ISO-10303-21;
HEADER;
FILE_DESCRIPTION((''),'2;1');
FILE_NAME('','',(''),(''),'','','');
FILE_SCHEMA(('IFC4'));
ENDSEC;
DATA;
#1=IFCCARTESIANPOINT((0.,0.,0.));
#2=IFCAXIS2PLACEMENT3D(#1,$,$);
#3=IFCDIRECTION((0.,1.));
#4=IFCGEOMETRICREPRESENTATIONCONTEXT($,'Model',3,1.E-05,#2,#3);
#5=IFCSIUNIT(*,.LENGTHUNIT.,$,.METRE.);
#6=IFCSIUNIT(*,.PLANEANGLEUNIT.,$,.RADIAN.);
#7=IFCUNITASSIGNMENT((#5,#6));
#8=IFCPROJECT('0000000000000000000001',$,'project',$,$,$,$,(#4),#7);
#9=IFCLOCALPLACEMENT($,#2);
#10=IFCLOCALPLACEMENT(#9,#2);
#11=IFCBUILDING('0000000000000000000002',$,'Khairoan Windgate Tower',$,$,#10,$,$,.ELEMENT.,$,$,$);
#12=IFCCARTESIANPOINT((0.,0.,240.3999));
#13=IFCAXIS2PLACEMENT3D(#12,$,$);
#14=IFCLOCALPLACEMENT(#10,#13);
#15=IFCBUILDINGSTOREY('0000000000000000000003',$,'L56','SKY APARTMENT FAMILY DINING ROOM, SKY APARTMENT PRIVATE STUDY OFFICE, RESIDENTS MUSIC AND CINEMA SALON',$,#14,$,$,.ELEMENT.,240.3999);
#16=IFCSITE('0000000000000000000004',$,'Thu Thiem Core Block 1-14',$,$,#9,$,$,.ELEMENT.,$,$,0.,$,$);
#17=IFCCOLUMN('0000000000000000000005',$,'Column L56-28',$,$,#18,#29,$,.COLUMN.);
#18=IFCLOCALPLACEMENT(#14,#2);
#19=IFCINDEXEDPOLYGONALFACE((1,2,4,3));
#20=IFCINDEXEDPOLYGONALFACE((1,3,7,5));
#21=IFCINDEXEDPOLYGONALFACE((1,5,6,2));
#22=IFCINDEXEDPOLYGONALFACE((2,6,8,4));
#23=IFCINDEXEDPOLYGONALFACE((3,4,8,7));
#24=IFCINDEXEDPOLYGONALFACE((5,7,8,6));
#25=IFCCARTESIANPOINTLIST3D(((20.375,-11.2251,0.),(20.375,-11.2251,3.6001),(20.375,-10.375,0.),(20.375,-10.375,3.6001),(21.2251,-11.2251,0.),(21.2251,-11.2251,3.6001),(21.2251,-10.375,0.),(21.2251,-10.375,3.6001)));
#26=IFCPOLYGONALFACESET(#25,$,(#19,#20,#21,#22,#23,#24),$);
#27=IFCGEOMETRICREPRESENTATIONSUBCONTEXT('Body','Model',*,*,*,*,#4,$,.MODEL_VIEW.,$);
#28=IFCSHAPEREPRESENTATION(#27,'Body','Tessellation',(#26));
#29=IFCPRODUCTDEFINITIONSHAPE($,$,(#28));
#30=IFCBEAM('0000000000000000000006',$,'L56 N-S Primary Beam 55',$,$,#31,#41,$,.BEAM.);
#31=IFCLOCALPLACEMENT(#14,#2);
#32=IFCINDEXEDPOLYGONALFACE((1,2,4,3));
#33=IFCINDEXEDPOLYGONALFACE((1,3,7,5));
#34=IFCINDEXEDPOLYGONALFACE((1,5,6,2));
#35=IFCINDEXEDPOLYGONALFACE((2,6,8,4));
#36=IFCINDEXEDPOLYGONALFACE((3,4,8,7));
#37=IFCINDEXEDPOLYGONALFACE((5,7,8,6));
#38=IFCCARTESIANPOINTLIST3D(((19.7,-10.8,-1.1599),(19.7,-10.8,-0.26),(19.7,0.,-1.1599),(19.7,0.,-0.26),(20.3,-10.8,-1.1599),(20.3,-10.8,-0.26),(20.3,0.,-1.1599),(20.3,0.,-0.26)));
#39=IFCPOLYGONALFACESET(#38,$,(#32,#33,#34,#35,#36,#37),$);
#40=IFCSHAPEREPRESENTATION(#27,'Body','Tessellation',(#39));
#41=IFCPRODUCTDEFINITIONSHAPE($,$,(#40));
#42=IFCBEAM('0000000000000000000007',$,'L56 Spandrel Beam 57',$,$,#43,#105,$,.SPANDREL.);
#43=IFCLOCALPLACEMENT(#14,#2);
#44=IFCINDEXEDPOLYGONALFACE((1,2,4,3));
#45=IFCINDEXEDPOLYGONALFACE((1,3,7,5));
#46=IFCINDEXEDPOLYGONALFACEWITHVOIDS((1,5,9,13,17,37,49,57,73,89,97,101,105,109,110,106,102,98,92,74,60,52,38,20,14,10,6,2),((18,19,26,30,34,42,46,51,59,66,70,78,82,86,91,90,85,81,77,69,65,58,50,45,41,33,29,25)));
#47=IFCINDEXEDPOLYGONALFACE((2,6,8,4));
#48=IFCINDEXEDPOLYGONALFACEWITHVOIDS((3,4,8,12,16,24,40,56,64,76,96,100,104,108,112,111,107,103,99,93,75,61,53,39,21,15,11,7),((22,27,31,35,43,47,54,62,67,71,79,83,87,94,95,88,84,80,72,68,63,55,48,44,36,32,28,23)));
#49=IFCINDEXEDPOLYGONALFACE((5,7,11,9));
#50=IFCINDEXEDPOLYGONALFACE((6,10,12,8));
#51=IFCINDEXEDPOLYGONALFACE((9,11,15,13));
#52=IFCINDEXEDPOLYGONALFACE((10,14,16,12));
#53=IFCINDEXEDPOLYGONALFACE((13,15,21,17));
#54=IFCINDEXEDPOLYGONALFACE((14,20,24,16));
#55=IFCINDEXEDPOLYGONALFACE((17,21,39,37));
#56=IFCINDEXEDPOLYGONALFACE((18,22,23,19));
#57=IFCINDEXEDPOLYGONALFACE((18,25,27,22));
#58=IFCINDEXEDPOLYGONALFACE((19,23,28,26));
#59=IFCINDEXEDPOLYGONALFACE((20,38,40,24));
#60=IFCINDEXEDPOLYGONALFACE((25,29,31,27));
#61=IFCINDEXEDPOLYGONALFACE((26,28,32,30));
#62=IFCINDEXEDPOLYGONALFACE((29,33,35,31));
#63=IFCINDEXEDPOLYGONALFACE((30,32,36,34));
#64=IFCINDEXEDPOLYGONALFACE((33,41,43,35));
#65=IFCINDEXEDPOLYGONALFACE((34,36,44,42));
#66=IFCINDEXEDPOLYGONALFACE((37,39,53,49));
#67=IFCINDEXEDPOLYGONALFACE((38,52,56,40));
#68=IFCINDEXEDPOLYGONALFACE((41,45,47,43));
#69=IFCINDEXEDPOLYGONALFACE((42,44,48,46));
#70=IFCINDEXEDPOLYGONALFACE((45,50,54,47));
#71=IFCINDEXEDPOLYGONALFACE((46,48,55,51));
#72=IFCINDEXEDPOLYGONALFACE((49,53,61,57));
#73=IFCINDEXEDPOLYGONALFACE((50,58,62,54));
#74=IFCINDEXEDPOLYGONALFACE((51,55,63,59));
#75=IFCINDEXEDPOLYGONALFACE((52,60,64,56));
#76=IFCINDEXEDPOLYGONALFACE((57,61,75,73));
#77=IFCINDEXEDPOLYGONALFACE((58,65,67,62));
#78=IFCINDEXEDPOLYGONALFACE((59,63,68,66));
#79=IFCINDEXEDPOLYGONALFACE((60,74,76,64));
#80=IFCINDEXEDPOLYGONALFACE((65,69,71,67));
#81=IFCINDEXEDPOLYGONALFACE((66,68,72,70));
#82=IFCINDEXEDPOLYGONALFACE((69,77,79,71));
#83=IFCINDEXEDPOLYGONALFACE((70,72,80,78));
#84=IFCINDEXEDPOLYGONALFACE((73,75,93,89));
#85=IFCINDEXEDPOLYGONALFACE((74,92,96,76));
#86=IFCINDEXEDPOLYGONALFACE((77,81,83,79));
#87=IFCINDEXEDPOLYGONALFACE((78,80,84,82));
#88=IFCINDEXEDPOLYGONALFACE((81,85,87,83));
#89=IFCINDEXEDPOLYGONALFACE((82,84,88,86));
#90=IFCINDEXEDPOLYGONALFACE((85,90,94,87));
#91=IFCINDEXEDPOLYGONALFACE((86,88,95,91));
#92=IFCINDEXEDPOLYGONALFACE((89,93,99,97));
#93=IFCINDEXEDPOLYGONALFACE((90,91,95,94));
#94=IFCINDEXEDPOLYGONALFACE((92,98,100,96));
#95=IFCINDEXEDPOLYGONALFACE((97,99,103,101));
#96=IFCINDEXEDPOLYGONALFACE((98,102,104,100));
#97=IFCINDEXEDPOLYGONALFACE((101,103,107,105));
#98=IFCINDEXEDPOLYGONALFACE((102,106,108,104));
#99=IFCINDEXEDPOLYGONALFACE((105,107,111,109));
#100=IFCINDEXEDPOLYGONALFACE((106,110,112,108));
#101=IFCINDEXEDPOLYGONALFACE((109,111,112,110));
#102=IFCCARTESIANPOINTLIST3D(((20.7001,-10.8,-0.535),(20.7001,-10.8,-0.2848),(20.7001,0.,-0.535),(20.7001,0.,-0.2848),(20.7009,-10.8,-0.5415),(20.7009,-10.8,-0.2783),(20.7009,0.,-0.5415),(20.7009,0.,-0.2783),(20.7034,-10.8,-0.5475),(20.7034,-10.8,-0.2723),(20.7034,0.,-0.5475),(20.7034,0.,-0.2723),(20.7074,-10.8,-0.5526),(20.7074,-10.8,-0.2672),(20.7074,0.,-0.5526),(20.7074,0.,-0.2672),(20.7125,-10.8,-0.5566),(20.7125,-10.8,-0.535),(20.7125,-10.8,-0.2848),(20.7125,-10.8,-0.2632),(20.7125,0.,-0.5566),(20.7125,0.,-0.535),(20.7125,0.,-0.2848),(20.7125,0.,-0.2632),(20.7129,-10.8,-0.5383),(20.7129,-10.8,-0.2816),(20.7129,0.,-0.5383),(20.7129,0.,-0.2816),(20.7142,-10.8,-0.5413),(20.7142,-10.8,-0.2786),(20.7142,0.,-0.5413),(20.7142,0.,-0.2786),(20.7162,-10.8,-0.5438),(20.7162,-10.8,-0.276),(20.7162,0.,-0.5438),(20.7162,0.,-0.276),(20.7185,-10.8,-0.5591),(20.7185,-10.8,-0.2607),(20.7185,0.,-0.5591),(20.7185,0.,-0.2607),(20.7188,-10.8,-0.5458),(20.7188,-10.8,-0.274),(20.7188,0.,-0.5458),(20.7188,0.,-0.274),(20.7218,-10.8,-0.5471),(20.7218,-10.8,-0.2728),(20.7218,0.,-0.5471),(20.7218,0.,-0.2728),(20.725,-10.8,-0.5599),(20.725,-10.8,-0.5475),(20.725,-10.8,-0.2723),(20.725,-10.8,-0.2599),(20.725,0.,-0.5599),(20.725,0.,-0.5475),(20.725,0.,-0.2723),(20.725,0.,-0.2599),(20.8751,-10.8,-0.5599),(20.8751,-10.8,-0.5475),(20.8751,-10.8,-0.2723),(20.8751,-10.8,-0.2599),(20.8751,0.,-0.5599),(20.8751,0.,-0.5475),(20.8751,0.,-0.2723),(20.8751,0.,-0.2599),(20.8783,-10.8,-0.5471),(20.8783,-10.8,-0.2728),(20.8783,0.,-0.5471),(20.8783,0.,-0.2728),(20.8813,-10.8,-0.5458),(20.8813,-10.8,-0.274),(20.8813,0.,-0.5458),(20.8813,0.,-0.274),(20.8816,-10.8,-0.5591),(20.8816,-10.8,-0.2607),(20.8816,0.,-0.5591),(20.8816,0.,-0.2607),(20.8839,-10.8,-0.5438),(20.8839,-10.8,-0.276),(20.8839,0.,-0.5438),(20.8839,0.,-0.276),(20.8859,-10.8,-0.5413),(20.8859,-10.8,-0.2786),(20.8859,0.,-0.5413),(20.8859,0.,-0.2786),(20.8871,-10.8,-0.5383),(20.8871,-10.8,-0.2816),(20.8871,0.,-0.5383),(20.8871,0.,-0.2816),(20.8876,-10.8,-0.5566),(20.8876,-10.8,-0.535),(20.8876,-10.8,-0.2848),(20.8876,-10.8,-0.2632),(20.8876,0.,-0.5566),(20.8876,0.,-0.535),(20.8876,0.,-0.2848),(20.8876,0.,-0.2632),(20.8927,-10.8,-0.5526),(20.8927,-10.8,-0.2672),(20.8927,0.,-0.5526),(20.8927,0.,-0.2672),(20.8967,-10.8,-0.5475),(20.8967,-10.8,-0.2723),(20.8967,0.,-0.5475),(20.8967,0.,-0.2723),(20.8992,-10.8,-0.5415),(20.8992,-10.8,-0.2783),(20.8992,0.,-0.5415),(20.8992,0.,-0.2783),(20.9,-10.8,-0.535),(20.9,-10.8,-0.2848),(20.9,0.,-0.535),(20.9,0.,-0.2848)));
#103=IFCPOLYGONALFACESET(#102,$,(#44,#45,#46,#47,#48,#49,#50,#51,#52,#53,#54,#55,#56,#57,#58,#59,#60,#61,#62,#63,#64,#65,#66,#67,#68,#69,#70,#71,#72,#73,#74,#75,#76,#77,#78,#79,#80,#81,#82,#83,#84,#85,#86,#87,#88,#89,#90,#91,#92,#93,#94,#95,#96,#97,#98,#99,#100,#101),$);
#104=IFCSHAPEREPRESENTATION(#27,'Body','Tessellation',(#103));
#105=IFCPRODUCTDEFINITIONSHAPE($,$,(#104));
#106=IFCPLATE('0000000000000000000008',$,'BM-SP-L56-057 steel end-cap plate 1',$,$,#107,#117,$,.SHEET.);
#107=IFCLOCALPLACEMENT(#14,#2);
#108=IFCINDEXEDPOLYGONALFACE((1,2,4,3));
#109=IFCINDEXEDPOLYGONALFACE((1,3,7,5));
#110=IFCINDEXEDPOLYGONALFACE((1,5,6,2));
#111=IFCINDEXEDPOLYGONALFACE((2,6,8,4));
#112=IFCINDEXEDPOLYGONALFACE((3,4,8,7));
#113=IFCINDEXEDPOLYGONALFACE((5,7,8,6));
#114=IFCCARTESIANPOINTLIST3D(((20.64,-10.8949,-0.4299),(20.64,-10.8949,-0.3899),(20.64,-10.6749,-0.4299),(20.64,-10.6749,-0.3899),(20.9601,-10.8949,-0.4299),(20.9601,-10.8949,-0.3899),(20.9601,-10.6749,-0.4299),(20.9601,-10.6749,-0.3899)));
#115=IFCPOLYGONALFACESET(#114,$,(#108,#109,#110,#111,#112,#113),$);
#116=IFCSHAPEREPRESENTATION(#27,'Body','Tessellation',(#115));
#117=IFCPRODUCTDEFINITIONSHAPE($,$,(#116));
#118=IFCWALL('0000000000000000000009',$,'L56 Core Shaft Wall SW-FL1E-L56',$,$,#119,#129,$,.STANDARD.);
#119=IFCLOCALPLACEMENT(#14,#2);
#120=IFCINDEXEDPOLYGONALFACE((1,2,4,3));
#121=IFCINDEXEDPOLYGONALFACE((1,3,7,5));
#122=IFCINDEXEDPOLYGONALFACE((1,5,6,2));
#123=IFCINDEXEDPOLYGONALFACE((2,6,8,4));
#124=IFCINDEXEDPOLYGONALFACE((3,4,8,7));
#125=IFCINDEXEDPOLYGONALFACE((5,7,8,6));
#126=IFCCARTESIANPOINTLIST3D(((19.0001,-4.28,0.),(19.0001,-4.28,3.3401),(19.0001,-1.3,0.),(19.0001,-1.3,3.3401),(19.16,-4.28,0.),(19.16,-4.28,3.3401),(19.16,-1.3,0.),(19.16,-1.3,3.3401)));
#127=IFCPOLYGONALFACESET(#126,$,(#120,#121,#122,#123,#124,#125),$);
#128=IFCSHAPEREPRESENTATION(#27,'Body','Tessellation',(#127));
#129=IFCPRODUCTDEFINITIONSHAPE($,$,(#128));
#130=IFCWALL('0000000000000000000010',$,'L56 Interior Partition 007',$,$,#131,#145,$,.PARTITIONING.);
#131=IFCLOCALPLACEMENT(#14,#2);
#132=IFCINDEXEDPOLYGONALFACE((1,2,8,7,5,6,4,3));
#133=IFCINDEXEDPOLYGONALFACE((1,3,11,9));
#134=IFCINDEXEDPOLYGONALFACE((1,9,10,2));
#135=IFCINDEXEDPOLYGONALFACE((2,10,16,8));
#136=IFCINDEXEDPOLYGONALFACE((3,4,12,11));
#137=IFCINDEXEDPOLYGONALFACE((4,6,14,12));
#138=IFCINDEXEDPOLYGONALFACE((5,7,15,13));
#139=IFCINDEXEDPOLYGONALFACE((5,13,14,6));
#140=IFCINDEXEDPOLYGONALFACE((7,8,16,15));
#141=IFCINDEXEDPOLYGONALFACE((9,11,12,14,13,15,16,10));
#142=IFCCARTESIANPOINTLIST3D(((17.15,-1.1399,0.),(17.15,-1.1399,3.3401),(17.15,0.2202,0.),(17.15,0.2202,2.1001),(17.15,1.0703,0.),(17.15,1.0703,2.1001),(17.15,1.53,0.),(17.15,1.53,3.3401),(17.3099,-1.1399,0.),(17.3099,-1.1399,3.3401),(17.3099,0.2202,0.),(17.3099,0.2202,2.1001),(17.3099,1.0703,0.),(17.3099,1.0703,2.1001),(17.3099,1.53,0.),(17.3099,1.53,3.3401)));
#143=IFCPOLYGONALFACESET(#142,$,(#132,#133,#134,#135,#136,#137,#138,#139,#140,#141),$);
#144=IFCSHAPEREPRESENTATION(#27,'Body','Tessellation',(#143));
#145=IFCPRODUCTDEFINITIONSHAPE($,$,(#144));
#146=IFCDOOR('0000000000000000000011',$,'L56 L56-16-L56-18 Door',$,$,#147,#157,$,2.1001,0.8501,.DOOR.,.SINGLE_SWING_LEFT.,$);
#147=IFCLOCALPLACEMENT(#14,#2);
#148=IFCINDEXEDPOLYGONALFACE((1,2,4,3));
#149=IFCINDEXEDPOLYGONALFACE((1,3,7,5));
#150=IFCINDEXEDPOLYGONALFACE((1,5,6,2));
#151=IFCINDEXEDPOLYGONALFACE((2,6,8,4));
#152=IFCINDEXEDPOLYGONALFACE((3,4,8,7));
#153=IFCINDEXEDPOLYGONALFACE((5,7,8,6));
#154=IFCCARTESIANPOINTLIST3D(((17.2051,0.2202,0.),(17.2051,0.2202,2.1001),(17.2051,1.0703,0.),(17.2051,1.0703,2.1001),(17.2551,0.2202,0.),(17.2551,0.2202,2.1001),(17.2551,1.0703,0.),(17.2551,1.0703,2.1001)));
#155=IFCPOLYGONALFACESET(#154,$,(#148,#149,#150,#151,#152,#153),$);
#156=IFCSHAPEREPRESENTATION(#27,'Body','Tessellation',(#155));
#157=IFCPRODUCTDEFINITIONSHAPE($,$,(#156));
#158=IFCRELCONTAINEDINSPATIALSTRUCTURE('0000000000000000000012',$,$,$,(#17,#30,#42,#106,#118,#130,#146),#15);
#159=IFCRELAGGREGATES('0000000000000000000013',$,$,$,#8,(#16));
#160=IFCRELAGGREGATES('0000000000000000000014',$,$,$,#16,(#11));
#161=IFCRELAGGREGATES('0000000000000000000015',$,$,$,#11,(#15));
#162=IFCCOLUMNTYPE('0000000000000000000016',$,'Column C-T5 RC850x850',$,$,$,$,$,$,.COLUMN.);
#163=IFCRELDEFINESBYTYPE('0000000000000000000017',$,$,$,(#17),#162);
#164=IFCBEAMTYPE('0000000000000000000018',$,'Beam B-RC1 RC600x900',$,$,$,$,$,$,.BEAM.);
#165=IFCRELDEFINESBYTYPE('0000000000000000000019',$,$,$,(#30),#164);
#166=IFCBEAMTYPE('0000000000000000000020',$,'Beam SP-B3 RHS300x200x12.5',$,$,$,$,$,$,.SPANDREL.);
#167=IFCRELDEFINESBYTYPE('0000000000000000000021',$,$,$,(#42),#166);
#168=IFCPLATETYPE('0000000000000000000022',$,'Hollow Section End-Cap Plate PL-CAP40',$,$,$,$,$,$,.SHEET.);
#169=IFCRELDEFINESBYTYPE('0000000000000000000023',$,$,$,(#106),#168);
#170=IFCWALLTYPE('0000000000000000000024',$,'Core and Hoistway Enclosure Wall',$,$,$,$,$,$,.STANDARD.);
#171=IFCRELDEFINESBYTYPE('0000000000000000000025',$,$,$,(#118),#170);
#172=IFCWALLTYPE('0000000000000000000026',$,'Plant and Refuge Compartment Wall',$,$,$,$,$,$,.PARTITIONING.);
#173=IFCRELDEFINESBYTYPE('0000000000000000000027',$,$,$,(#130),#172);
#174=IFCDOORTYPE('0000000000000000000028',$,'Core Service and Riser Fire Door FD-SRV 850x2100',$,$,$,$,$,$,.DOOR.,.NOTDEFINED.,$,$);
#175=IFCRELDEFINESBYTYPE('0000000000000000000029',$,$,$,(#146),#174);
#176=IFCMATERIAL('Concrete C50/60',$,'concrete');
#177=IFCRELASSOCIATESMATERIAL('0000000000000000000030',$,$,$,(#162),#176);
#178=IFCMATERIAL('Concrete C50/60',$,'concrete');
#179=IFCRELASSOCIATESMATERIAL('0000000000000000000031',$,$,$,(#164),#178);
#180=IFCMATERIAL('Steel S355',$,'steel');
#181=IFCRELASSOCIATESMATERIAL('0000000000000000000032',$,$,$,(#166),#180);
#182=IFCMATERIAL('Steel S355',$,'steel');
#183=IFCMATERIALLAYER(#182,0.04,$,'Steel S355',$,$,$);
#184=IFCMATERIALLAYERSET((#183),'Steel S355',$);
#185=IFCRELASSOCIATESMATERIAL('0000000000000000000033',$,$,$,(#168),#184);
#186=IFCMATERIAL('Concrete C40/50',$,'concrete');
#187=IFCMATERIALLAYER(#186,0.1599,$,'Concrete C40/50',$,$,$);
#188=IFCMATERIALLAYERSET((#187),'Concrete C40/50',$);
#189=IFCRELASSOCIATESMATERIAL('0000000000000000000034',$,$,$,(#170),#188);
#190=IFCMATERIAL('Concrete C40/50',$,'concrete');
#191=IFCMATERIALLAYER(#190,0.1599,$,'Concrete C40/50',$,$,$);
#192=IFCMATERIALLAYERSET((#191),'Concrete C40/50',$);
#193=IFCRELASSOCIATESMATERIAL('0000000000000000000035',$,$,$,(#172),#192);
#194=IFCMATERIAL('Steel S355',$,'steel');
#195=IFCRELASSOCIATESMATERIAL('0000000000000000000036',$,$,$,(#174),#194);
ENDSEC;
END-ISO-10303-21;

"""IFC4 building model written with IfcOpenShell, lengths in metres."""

from ifc_helpers import new_model, si_unit, direction, frame, frame_2d, origin, origin_2d, place, context, subcontext, project, spatial, rectangle, hollow_rectangle, extrude, material, layer, layer_set, material_profile, profile_set, type_object, element, fill, save


model = new_model("IFC4")

# Units and contexts
model_context = context("Model", 3, precision=1e-05, world=origin(), true_north=direction((0.0, 1.0)))
body_context = subcontext(model_context, "Body", "Model", "MODEL_VIEW")
ifc_project = project(units=[si_unit("LENGTHUNIT", "METRE"), si_unit("PLANEANGLEUNIT", "RADIAN")], contexts=[model_context])

# Site, building, storey
site_placement = place(None, origin())
site = spatial("IfcSite", under=ifc_project, at=site_placement, Name="Thu Thiem Core Block 1-14", CompositionType="ELEMENT", RefElevation=0.0)
building_placement = place(site_placement, origin())
building = spatial("IfcBuilding", under=site, at=building_placement, Name="Khairoan Windgate Tower", CompositionType="ELEMENT")
storey_placement = place(building_placement, frame((0.0, 0.0, 240.3999)))
storey = spatial("IfcBuildingStorey", under=building, at=storey_placement, Name="L56", Description="SKY APARTMENT FAMILY DINING ROOM, SKY APARTMENT PRIVATE STUDY OFFICE, RESIDENTS MUSIC AND CINEMA SALON", CompositionType="ELEMENT", Elevation=240.3999)

# Column
ifc_material_1 = material(Name="Concrete C50/60", Category="concrete")
ifc_material_profile_1 = material_profile(ifc_material_1, rectangle(XDim=0.8501, YDim=0.8501, at=origin_2d()))
ifc_profile_set_1 = profile_set([ifc_material_profile_1], Name="Concrete C50/60")
column_type = type_object("IfcColumnType", Name="Column C-T5 RC850x850", PredefinedType="COLUMN", material=ifc_profile_set_1)
column_placement = place(storey_placement, frame((20.8, -10.8, 0.0), z_axis=(0.0, 0.0, 1.0), x_axis=(1.0, 0.0, 0.0)))
element("IfcColumn", 1, at=column_placement, inside=storey, type_object=column_type, Name="Column L56-28", PredefinedType="COLUMN", context=body_context, shape_type="SweptSolid", body=[
    extrude(rectangle(XDim=0.8501, YDim=0.8501, at=origin_2d()), origin(), (0.0, 0.0, 1.0), 3.6001),
])

# Beams
ifc_material_2 = material(Name="Concrete C50/60", Category="concrete")
ifc_material_profile_2 = material_profile(ifc_material_2, rectangle(XDim=0.6001, YDim=0.8999, at=origin_2d()))
ifc_profile_set_2 = profile_set([ifc_material_profile_2], Name="Concrete C50/60")
beam_type_1 = type_object("IfcBeamType", Name="Beam B-RC1 RC600x900", PredefinedType="BEAM", material=ifc_profile_set_2)
beam_1_placement = place(storey_placement, frame((20.0, -10.8, -0.71), z_axis=(0.0, 1.0, 0.0), x_axis=(-1.0, 0.0, 0.0)))
element("IfcBeam", 2, at=beam_1_placement, inside=storey, type_object=beam_type_1, Name="L56 N-S Primary Beam 55", PredefinedType="BEAM", context=body_context, shape_type="SweptSolid", body=[
    extrude(rectangle(XDim=0.6001, YDim=0.8999, at=origin_2d()), origin(), (0.0, 0.0, 1.0), 10.8),
])
ifc_material_3 = material(Name="Steel S355", Category="steel")
ifc_material_profile_3 = material_profile(ifc_material_3, hollow_rectangle(XDim=0.2, YDim=0.3, WallThickness=0.0125, InnerFilletRadius=0.0125, OuterFilletRadius=0.0249, at=origin_2d()))
ifc_profile_set_3 = profile_set([ifc_material_profile_3], Name="Steel S355")
beam_type_2 = type_object("IfcBeamType", Name="Beam SP-B3 RHS300x200x12.5", PredefinedType="SPANDREL", material=ifc_profile_set_3)
beam_2_placement = place(storey_placement, frame((20.8, -10.8, -0.4099), z_axis=(0.0, 1.0, 0.0), x_axis=(-1.0, 0.0, 0.0)))
element("IfcBeam", 3, at=beam_2_placement, inside=storey, type_object=beam_type_2, Name="L56 Spandrel Beam 57", PredefinedType="SPANDREL", context=body_context, shape_type="SweptSolid", body=[
    extrude(hollow_rectangle(XDim=0.2, YDim=0.3, WallThickness=0.0125, InnerFilletRadius=0.0125, OuterFilletRadius=0.0249, at=origin_2d()), origin(), (0.0, 0.0, 1.0), 10.8),
])

# Plate
ifc_material_4 = material(Name="Steel S355", Category="steel")
ifc_layer_1 = layer(ifc_material_4, 0.04, Name="Steel S355")
ifc_layer_set_1 = layer_set([ifc_layer_1], Name="Steel S355")
plate_type = type_object("IfcPlateType", Name="Hollow Section End-Cap Plate PL-CAP40", PredefinedType="SHEET", material=ifc_layer_set_1)
plate_placement = place(storey_placement, frame((20.8, -10.7849, -0.4299), z_axis=(0.0, 0.0, 1.0), x_axis=(0.0, 1.0, 0.0)))
element("IfcPlate", 4, at=plate_placement, inside=storey, type_object=plate_type, Name="BM-SP-L56-057 steel end-cap plate 1", PredefinedType="SHEET", context=body_context, shape_type="SweptSolid", body=[
    extrude(rectangle(XDim=0.22, YDim=0.3201, at=origin_2d()), origin(), (0.0, 0.0, 1.0), 0.04),
])

# Wall
ifc_material_5 = material(Name="Concrete C40/50", Category="concrete")
ifc_layer_2 = layer(ifc_material_5, 0.1599, Name="Concrete C40/50")
ifc_layer_set_2 = layer_set([ifc_layer_2], Name="Concrete C40/50")
wall_type_1 = type_object("IfcWallType", Name="Core and Hoistway Enclosure Wall", PredefinedType="STANDARD", material=ifc_layer_set_2)
wall_1_placement = place(storey_placement, frame((19.0801, -4.28, 0.0), z_axis=(0.0, 0.0, 1.0), x_axis=(0.0, 1.0, 0.0)))
element("IfcWall", 5, at=wall_1_placement, inside=storey, type_object=wall_type_1, Name="L56 Core Shaft Wall SW-FL1E-L56", PredefinedType="STANDARD", context=body_context, shape_type="SweptSolid", body=[
    extrude(rectangle(XDim=2.98, YDim=0.1599, at=frame_2d((1.49, 0.0))), origin(), (0.0, 0.0, 1.0), 3.3401),
])

# Wall, opening, door
ifc_material_6 = material(Name="Concrete C40/50", Category="concrete")
ifc_layer_3 = layer(ifc_material_6, 0.1599, Name="Concrete C40/50")
ifc_layer_set_3 = layer_set([ifc_layer_3], Name="Concrete C40/50")
wall_type_2 = type_object("IfcWallType", Name="Plant and Refuge Compartment Wall", PredefinedType="PARTITIONING", material=ifc_layer_set_3)
wall_2_placement = place(storey_placement, frame((17.23, -1.1399, 0.0), z_axis=(0.0, 0.0, 1.0), x_axis=(0.0, 1.0, 0.0)))
wall_2 = element("IfcWall", 6, at=wall_2_placement, inside=storey, type_object=wall_type_2, Name="L56 Interior Partition 007", PredefinedType="PARTITIONING", context=body_context, shape_type="SweptSolid", body=[
    extrude(rectangle(XDim=2.6699, YDim=0.1599, at=frame_2d((1.335, 0.0))), origin(), (0.0, 0.0, 1.0), 3.3401),
])
opening_1_placement = place(wall_2_placement, frame((1.3601, 0.0, 0.0)))
opening_1 = element("IfcOpeningElement", 7, at=opening_1_placement, cuts=wall_2, PredefinedType="OPENING", context=body_context, shape_type="SweptSolid", body=[
    extrude(rectangle(XDim=0.8501, YDim=2.1001, at=frame_2d((0.425, 1.05))), frame((0.0, 0.0898, 0.0), z_axis=(0.0, -1.0, 0.0), x_axis=(1.0, 0.0, 0.0)), (0.0, 0.0, 1.0), 0.1799),
])
ifc_material_7 = material(Name="Steel S355", Category="steel")
door_type_1 = type_object("IfcDoorType", Name="Core Service and Riser Fire Door FD-SRV 850x2100", OperationType="NOTDEFINED", PredefinedType="DOOR", material=ifc_material_7)
door_1_placement = place(opening_1_placement, origin())
door_1 = element("IfcDoor", 8, at=door_1_placement, inside=storey, type_object=door_type_1, Name="L56 L56-16-L56-18 Door", OperationType="SINGLE_SWING_LEFT", OverallHeight=2.1001, OverallWidth=0.8501, PredefinedType="DOOR", context=body_context, shape_type="SweptSolid", body=[
    extrude(rectangle(XDim=0.8501, YDim=2.1001, at=frame_2d((0.425, 1.05))), frame((0.0, 0.0249, 0.0), z_axis=(0.0, -1.0, 0.0), x_axis=(1.0, 0.0, 0.0)), (0.0, 0.0, 1.0), 0.05),
])
fill(opening_1, door_1)

save(model, "model.ifc")
